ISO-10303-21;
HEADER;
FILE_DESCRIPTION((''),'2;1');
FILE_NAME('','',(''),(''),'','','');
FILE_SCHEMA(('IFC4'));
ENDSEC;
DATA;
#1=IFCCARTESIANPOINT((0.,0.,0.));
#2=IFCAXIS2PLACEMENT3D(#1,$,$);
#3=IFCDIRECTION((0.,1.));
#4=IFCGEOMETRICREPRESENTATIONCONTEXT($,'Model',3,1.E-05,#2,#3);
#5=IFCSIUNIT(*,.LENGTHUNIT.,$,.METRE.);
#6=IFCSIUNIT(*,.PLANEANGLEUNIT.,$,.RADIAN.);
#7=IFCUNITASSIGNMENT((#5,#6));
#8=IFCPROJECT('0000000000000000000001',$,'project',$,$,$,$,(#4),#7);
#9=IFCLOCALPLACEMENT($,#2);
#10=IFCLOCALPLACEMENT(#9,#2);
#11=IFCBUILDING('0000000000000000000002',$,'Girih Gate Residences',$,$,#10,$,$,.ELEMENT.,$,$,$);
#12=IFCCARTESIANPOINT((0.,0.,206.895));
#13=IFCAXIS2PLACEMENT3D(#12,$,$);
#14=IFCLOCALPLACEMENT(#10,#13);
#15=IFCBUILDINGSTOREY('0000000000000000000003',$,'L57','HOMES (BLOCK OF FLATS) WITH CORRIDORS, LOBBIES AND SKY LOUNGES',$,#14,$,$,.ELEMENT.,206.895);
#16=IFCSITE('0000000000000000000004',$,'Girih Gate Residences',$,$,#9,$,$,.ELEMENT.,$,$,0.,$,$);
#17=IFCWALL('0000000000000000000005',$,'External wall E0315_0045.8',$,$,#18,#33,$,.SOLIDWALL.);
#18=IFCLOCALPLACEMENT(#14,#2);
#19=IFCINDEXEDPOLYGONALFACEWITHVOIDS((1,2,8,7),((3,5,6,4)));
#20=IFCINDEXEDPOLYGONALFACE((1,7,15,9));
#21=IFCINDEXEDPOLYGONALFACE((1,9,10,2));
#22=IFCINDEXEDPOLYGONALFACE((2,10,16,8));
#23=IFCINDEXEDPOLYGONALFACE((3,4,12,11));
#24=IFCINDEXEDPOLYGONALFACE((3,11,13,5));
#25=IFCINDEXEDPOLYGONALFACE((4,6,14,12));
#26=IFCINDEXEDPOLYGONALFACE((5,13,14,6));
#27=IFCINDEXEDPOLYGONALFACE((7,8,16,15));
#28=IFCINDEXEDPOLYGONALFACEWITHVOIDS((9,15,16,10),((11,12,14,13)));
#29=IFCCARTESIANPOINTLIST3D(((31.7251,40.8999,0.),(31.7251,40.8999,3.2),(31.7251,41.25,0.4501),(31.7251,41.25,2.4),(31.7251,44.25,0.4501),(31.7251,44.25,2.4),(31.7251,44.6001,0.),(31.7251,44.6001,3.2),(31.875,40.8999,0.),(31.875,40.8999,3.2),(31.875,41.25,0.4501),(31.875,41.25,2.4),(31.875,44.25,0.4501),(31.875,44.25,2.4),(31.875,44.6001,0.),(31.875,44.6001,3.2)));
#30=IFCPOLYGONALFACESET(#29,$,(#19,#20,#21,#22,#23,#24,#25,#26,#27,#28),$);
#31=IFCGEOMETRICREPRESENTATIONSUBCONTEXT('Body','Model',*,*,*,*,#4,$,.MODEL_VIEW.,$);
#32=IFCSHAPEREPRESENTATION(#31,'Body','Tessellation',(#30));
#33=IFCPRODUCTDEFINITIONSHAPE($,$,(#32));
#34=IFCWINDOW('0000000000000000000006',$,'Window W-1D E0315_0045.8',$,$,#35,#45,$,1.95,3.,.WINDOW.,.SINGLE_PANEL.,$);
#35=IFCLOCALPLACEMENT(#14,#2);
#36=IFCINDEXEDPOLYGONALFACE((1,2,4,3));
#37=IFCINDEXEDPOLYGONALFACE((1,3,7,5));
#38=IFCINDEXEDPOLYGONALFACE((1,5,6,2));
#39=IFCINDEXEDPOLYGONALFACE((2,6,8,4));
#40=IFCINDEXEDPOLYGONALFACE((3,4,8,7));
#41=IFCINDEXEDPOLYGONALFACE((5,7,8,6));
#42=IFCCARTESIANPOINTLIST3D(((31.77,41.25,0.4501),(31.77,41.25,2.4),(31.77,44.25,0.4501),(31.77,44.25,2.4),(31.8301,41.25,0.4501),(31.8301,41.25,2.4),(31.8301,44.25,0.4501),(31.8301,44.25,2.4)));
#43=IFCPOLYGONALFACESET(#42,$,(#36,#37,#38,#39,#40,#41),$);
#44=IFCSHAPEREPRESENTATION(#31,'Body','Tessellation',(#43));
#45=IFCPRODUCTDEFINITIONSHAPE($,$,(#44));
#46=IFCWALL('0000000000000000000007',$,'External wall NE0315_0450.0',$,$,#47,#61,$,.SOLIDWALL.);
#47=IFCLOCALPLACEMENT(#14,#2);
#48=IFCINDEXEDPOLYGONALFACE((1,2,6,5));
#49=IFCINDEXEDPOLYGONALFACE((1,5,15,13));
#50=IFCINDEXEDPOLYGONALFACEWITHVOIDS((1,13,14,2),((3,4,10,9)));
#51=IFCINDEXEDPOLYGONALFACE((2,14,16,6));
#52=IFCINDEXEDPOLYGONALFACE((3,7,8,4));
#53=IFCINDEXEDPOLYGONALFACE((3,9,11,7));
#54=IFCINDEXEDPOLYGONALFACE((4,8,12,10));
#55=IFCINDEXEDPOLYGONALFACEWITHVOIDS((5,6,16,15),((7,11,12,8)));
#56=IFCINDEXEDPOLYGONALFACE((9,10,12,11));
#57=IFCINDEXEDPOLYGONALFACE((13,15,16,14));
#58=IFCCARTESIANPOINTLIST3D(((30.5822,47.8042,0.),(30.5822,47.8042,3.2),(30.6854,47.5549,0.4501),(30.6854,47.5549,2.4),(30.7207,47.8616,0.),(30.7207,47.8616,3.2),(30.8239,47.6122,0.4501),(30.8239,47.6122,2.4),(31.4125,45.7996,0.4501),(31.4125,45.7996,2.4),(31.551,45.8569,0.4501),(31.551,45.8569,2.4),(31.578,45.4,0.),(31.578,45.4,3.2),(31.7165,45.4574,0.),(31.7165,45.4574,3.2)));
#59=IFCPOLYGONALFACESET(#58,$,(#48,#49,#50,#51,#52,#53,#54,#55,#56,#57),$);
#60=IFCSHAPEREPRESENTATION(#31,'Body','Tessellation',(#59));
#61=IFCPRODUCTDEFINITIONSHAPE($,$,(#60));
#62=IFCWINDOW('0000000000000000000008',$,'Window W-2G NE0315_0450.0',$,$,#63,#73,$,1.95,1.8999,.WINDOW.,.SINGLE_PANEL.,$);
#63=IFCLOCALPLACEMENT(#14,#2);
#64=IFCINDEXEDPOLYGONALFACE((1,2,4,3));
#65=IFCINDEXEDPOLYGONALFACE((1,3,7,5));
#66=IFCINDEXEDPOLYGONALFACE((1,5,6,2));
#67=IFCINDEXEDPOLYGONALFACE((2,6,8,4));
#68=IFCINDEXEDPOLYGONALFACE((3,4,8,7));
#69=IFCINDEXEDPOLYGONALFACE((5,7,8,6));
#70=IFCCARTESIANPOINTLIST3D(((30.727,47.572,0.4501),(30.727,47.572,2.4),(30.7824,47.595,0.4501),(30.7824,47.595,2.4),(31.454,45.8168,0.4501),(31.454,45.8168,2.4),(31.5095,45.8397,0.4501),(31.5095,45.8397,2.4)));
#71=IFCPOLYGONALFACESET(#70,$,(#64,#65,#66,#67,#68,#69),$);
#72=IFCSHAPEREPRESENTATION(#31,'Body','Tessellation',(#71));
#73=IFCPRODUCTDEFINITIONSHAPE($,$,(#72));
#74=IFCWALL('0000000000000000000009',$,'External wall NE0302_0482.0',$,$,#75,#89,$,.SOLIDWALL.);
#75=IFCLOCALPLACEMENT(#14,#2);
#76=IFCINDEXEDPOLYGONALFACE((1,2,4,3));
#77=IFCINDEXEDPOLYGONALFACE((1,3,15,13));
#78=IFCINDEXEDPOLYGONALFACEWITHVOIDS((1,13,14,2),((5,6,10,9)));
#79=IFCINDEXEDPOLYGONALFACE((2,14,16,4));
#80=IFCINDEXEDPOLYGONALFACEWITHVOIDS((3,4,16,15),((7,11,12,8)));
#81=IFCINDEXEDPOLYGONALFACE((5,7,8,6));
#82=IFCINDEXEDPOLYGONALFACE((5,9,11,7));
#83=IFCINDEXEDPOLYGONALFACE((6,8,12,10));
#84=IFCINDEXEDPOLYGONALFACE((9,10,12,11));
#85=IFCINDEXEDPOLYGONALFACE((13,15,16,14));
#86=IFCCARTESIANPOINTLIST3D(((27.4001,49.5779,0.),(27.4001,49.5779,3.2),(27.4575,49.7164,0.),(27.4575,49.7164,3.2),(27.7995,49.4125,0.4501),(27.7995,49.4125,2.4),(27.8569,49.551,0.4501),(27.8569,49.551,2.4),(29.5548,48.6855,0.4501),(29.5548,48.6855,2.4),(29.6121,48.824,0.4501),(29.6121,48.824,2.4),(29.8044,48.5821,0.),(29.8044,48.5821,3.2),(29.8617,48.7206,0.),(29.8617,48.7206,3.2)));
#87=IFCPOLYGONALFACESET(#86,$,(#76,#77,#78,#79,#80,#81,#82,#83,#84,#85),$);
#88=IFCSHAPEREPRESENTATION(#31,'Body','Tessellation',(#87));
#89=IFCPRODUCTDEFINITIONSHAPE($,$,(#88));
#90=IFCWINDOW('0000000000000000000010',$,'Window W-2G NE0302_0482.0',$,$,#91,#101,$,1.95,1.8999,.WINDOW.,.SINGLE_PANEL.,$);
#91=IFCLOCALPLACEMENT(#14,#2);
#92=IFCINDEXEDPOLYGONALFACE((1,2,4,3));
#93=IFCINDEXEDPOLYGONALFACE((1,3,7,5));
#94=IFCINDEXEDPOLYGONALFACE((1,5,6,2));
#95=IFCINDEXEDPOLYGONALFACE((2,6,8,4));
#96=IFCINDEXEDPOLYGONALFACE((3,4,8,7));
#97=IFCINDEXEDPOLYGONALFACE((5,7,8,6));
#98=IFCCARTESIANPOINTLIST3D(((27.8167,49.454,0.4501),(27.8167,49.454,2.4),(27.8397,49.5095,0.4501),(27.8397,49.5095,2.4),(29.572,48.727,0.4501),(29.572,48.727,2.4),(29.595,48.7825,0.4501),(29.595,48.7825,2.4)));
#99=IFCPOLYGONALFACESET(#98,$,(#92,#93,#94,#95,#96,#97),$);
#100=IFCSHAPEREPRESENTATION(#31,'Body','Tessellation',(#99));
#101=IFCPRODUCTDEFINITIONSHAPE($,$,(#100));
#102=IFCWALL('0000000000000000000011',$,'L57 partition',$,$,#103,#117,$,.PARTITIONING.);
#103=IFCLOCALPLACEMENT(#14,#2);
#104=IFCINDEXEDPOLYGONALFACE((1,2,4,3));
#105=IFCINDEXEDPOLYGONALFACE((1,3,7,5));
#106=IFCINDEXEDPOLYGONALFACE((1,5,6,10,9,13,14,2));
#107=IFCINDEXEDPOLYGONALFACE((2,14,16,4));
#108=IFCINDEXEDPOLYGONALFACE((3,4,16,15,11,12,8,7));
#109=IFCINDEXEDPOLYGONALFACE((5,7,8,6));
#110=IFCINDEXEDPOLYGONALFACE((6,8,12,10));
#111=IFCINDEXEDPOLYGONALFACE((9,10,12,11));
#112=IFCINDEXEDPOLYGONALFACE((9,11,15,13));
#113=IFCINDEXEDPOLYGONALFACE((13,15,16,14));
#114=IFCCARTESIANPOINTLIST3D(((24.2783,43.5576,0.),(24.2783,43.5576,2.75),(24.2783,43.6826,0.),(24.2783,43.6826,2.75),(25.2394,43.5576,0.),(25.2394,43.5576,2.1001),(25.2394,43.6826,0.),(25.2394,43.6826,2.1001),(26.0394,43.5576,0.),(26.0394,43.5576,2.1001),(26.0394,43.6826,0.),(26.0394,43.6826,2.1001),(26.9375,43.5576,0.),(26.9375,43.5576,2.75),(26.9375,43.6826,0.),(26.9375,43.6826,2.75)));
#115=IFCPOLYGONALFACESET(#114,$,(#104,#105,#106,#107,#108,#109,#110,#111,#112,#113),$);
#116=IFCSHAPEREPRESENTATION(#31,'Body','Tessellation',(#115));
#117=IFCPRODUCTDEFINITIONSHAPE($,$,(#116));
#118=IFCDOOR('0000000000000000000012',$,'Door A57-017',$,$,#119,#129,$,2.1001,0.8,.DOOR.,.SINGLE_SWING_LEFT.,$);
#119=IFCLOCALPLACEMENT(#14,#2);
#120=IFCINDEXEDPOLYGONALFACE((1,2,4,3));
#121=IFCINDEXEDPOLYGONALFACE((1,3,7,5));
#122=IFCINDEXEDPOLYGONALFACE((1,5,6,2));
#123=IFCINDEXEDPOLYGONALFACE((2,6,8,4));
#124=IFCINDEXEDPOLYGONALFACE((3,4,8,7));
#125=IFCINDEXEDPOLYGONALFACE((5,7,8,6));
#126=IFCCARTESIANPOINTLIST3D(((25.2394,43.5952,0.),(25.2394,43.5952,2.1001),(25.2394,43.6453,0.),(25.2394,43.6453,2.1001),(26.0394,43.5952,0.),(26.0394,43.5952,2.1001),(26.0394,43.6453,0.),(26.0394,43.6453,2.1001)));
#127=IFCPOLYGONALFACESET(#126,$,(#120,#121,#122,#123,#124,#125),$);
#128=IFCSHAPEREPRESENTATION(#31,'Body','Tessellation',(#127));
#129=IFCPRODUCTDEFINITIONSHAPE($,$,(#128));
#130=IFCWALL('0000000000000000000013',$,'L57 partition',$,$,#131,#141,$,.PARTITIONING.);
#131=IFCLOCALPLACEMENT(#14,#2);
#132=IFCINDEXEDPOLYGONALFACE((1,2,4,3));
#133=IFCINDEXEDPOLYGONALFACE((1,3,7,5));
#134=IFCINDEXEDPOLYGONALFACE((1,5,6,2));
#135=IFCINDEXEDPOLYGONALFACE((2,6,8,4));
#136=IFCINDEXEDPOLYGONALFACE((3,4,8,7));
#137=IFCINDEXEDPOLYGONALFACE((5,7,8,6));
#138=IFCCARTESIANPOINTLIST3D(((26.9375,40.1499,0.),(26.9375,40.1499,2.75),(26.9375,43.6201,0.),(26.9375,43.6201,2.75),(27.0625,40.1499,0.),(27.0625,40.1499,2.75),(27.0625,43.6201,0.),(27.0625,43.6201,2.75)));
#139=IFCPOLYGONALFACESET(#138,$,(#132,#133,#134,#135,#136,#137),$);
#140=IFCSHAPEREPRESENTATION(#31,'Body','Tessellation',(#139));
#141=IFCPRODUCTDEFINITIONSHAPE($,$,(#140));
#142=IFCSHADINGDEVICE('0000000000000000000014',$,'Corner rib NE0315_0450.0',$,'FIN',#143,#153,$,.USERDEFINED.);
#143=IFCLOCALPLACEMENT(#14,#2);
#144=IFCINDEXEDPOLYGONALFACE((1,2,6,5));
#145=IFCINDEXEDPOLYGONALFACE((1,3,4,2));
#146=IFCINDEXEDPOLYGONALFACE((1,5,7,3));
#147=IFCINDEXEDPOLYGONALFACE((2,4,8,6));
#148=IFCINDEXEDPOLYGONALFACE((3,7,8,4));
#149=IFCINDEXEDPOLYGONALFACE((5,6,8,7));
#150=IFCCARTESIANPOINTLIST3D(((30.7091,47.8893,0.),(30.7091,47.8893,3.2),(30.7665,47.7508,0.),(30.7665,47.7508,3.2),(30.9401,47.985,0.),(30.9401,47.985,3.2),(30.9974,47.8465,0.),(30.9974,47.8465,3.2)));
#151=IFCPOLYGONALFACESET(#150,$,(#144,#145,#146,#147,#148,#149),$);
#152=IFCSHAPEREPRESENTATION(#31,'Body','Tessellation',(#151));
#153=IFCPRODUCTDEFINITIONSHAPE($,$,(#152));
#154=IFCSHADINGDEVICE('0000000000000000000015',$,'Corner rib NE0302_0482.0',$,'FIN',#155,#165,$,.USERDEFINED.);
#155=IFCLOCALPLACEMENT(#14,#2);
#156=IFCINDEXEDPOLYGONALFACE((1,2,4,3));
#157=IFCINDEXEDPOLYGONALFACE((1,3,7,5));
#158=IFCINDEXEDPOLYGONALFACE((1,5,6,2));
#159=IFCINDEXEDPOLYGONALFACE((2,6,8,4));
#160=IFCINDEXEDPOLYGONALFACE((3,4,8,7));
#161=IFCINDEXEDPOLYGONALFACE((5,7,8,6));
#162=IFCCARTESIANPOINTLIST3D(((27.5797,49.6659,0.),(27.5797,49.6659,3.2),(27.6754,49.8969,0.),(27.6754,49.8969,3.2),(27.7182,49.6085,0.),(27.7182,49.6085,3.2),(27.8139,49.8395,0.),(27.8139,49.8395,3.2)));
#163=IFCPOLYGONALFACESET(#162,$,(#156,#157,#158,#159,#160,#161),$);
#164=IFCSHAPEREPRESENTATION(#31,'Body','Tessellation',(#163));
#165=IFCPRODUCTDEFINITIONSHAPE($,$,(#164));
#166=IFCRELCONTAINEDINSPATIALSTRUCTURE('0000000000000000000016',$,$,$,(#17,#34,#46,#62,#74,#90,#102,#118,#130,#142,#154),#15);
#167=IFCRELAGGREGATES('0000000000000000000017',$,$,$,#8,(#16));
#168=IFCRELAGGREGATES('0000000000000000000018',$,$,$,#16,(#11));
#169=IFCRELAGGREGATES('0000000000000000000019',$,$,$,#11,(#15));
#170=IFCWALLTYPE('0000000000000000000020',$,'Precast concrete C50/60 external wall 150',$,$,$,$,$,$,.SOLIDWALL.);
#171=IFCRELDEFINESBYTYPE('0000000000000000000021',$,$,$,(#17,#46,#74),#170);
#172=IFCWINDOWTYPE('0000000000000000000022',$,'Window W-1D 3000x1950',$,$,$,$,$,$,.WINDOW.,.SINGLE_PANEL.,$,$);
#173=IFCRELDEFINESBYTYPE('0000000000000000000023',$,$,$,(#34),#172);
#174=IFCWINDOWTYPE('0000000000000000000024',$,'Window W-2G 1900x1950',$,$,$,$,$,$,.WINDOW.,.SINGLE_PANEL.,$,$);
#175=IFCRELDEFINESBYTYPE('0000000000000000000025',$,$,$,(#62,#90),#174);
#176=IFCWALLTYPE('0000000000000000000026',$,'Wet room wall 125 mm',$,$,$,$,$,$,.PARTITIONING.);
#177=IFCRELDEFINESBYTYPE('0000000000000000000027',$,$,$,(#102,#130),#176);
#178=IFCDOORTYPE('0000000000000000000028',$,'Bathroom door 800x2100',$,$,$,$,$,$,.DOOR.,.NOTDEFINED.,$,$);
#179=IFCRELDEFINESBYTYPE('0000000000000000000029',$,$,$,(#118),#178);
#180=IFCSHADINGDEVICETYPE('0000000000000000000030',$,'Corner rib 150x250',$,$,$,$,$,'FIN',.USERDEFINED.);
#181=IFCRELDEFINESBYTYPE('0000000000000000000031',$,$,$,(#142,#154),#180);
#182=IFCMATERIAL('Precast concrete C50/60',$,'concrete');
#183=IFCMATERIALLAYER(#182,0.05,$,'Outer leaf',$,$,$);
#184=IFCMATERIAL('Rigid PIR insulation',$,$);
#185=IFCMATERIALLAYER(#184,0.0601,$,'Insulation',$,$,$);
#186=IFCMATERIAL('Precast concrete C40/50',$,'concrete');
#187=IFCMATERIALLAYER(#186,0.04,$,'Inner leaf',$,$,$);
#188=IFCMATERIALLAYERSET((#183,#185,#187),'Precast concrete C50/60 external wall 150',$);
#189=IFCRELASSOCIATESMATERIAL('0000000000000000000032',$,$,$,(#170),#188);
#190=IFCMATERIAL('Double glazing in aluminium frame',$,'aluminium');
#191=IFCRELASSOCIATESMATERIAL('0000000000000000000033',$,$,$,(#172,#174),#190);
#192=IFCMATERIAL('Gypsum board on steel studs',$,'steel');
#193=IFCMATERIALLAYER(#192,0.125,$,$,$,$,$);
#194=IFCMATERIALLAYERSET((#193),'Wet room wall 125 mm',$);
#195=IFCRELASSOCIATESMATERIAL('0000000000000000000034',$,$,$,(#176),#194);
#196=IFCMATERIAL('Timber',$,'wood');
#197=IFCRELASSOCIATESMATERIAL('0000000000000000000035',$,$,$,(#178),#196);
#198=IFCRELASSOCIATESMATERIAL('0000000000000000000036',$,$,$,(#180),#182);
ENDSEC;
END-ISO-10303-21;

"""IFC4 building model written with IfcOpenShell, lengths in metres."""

from ifc_helpers import new_model, si_unit, direction, frame, frame_2d, origin, origin_2d, place, context, subcontext, project, spatial, rectangle, extrude, material, layer, layer_set, type_object, element, fill, save


model = new_model("IFC4")

# Units and contexts
model_context = context("Model", 3, precision=1e-05, world=origin(), true_north=direction((0.0, 1.0)))
body_context = subcontext(model_context, "Body", "Model", "MODEL_VIEW")
ifc_project = project(units=[si_unit("LENGTHUNIT", "METRE"), si_unit("PLANEANGLEUNIT", "RADIAN")], contexts=[model_context])

# Site, building, storey
site_placement = place(None, origin())
site = spatial("IfcSite", under=ifc_project, at=site_placement, Name="Girih Gate Residences", CompositionType="ELEMENT", RefElevation=0.0)
building_placement = place(site_placement, origin())
building = spatial("IfcBuilding", under=site, at=building_placement, Name="Girih Gate Residences", CompositionType="ELEMENT")
storey_placement = place(building_placement, frame((0.0, 0.0, 206.895)))
storey = spatial("IfcBuildingStorey", under=building, at=storey_placement, Name="L57", Description="HOMES (BLOCK OF FLATS) WITH CORRIDORS, LOBBIES AND SKY LOUNGES", CompositionType="ELEMENT", Elevation=206.895)

# Shared definitions
ifc_material_1 = material(Name="Gypsum board on steel studs", Category="steel")

# Shared definitions
ifc_material_2 = material(Name="Timber", Category="wood")

# Walls, openings, windows
ifc_material_3 = material(Name="Precast concrete C50/60", Category="concrete")
ifc_layer_1 = layer(ifc_material_3, 0.05, Name="Outer leaf")
ifc_material_4 = material(Name="Rigid PIR insulation")
ifc_layer_2 = layer(ifc_material_4, 0.0601, Name="Insulation")
ifc_material_5 = material(Name="Precast concrete C40/50", Category="concrete")
ifc_layer_3 = layer(ifc_material_5, 0.04, Name="Inner leaf")
ifc_layer_set_1 = layer_set([ifc_layer_1, ifc_layer_2, ifc_layer_3], Name="Precast concrete C50/60 external wall 150")
wall_type_1 = type_object("IfcWallType", Name="Precast concrete C50/60 external wall 150", PredefinedType="SOLIDWALL", material=ifc_layer_set_1)
wall_1_placement = place(storey_placement, frame((31.8, 44.6001, 0.0), z_axis=(0.0, 0.0, 1.0), x_axis=(0.0, -1.0, 0.0)))
wall_1 = element("IfcWall", 1, at=wall_1_placement, inside=storey, type_object=wall_type_1, Name="External wall E0315_0045.8", PredefinedType="SOLIDWALL", context=body_context, shape_type="SweptSolid", body=[
    extrude(rectangle(XDim=3.7002, YDim=0.1499, at=frame_2d((1.8501, 0.0))), origin(), (0.0, 0.0, 1.0), 3.2),
])
opening_1_placement = place(wall_1_placement, frame((0.3501, 0.0, 0.45)))
opening_1 = element("IfcOpeningElement", 2, at=opening_1_placement, cuts=wall_1, PredefinedType="OPENING", context=body_context, shape_type="SweptSolid", body=[
    extrude(rectangle(XDim=3.0, YDim=1.95, at=frame_2d((1.5, 0.9751))), frame((0.0, 0.085, 0.0), z_axis=(0.0, -1.0, 0.0), x_axis=(1.0, 0.0, 0.0)), (0.0, 0.0, 1.0), 0.1699),
])
ifc_material_6 = material(Name="Double glazing in aluminium frame", Category="aluminium")
window_type_1 = type_object("IfcWindowType", Name="Window W-1D 3000x1950", PartitioningType="SINGLE_PANEL", PredefinedType="WINDOW", material=ifc_material_6)
window_1_placement = place(opening_1_placement, origin())
window_1 = element("IfcWindow", 3, at=window_1_placement, inside=storey, type_object=window_type_1, Name="Window W-1D E0315_0045.8", OverallHeight=1.95, OverallWidth=3.0, PartitioningType="SINGLE_PANEL", PredefinedType="WINDOW", context=body_context, shape_type="SweptSolid", body=[
    extrude(rectangle(XDim=3.0, YDim=1.95, at=frame_2d((1.5, 0.9751))), frame((0.0, 0.03, 0.0), z_axis=(0.0, -1.0, 0.0), x_axis=(1.0, 0.0, 0.0)), (0.0, 0.0, 1.0), 0.0601),
])
fill(opening_1, window_1)
wall_2_placement = place(storey_placement, frame((30.6514, 47.833, 0.0), z_axis=(0.0, 0.0, 1.0), x_axis=(0.382669, -0.923885, 0.0)))
wall_2 = element("IfcWall", 4, at=wall_2_placement, inside=storey, type_object=wall_type_1, Name="External wall NE0315_0450.0", PredefinedType="SOLIDWALL", context=body_context, shape_type="SweptSolid", body=[
    extrude(rectangle(XDim=2.6023, YDim=0.1499, at=frame_2d((1.3013, 0.0))), origin(), (0.0, 0.0, 1.0), 3.2),
])
opening_2_placement = place(wall_2_placement, frame((0.27, 0.0, 0.45)))
opening_2 = element("IfcOpeningElement", 5, at=opening_2_placement, cuts=wall_2, PredefinedType="OPENING", context=body_context, shape_type="SweptSolid", body=[
    extrude(rectangle(XDim=1.8999, YDim=1.95, at=frame_2d((0.95, 0.9751))), frame((0.0, 0.085, 0.0), z_axis=(0.0, -1.0, 0.0), x_axis=(1.0, 0.0, 0.0)), (0.0, 0.0, 1.0), 0.1699),
])
window_type_2 = type_object("IfcWindowType", Name="Window W-2G 1900x1950", PartitioningType="SINGLE_PANEL", PredefinedType="WINDOW", material=ifc_material_6)
window_2_placement = place(opening_2_placement, origin())
window_2 = element("IfcWindow", 6, at=window_2_placement, inside=storey, type_object=window_type_2, Name="Window W-2G NE0315_0450.0", OverallHeight=1.95, OverallWidth=1.8999, PartitioningType="SINGLE_PANEL", PredefinedType="WINDOW", context=body_context, shape_type="SweptSolid", body=[
    extrude(rectangle(XDim=1.8999, YDim=1.95, at=frame_2d((0.95, 0.9751))), frame((0.0, 0.03, 0.0), z_axis=(0.0, -1.0, 0.0), x_axis=(1.0, 0.0, 0.0)), (0.0, 0.0, 1.0), 0.0601),
])
fill(opening_2, window_2)
wall_3_placement = place(storey_placement, frame((27.4287, 49.6472, 0.0), z_axis=(0.0, 0.0, 1.0), x_axis=(0.923885, -0.382669, 0.0)))
wall_3 = element("IfcWall", 7, at=wall_3_placement, inside=storey, type_object=wall_type_1, Name="External wall NE0302_0482.0", PredefinedType="SOLIDWALL", context=body_context, shape_type="SweptSolid", body=[
    extrude(rectangle(XDim=2.6023, YDim=0.1499, at=frame_2d((1.3013, 0.0))), origin(), (0.0, 0.0, 1.0), 3.2),
])
opening_3_placement = place(wall_3_placement, frame((0.4324, 0.0, 0.45)))
opening_3 = element("IfcOpeningElement", 8, at=opening_3_placement, cuts=wall_3, PredefinedType="OPENING", context=body_context, shape_type="SweptSolid", body=[
    extrude(rectangle(XDim=1.8999, YDim=1.95, at=frame_2d((0.95, 0.9751))), frame((0.0, 0.085, 0.0), z_axis=(0.0, -1.0, 0.0), x_axis=(1.0, 0.0, 0.0)), (0.0, 0.0, 1.0), 0.1699),
])
window_3_placement = place(opening_3_placement, origin())
window_3 = element("IfcWindow", 9, at=window_3_placement, inside=storey, type_object=window_type_2, Name="Window W-2G NE0302_0482.0", OverallHeight=1.95, OverallWidth=1.8999, PartitioningType="SINGLE_PANEL", PredefinedType="WINDOW", context=body_context, shape_type="SweptSolid", body=[
    extrude(rectangle(XDim=1.8999, YDim=1.95, at=frame_2d((0.95, 0.9751))), frame((0.0, 0.03, 0.0), z_axis=(0.0, -1.0, 0.0), x_axis=(1.0, 0.0, 0.0)), (0.0, 0.0, 1.0), 0.0601),
])
fill(opening_3, window_3)

# Wall, opening, door
ifc_layer_4 = layer(ifc_material_1, 0.125)
ifc_layer_set_2 = layer_set([ifc_layer_4], Name="Wet room wall 125 mm")
wall_type_2 = type_object("IfcWallType", Name="Wet room wall 125 mm", PredefinedType="PARTITIONING", material=ifc_layer_set_2)
wall_4_placement = place(storey_placement, frame((26.9375, 43.6201, 0.0), z_axis=(0.0, 0.0, 1.0), x_axis=(-1.0, 0.0, 0.0)))
wall_4 = element("IfcWall", 10, at=wall_4_placement, inside=storey, type_object=wall_type_2, Name="L57 partition", PredefinedType="PARTITIONING", context=body_context, shape_type="SweptSolid", body=[
    extrude(rectangle(XDim=2.6592, YDim=0.125, at=frame_2d((1.3296, 0.0))), origin(), (0.0, 0.0, 1.0), 2.75),
])
opening_4_placement = place(wall_4_placement, frame((0.8982, 0.0, 0.0)))
opening_4 = element("IfcOpeningElement", 11, at=opening_4_placement, cuts=wall_4, PredefinedType="OPENING", context=body_context, shape_type="SweptSolid", body=[
    extrude(rectangle(XDim=0.8, YDim=2.1001, at=frame_2d((0.3999, 1.05))), frame((0.0, 0.0725, 0.0), z_axis=(0.0, -1.0, 0.0), x_axis=(1.0, 0.0, 0.0)), (0.0, 0.0, 1.0), 0.145),
])
door_type_1 = type_object("IfcDoorType", Name="Bathroom door 800x2100", OperationType="NOTDEFINED", PredefinedType="DOOR", material=ifc_material_2)
door_1_placement = place(opening_4_placement, origin())
door_1 = element("IfcDoor", 12, at=door_1_placement, inside=storey, type_object=door_type_1, Name="Door A57-017", OperationType="SINGLE_SWING_LEFT", OverallHeight=2.1001, OverallWidth=0.8, PredefinedType="DOOR", context=body_context, shape_type="SweptSolid", body=[
    extrude(rectangle(XDim=0.8, YDim=2.1001, at=frame_2d((0.3999, 1.05))), frame((0.0, 0.0249, 0.0), z_axis=(0.0, -1.0, 0.0), x_axis=(1.0, 0.0, 0.0)), (0.0, 0.0, 1.0), 0.05),
])
fill(opening_4, door_1)

# Wall
wall_5_placement = place(storey_placement, frame((27.0, 40.1499, 0.0), z_axis=(0.0, 0.0, 1.0), x_axis=(0.0, 1.0, 0.0)))
element("IfcWall", 13, at=wall_5_placement, inside=storey, type_object=wall_type_2, Name="L57 partition", PredefinedType="PARTITIONING", context=body_context, shape_type="SweptSolid", body=[
    extrude(rectangle(XDim=3.4702, YDim=0.125, at=frame_2d((1.7351, 0.0))), origin(), (0.0, 0.0, 1.0), 2.75),
])

# Shading devices
shading_device_type = type_object("IfcShadingDeviceType", Name="Corner rib 150x250", ElementType="FIN", PredefinedType="USERDEFINED", material=ifc_material_3)
for number, where, z_axis, x_axis, name in (
    (14, (30.8533, 47.8679, 0.0), (0.0, 0.0, 1.0), (-0.382683, 0.92388, 0.0), "Corner rib NE0315_0450.0"),
    (15, (27.6968, 49.7527, 0.0), (0.0, 0.0, 1.0), (-0.92388, 0.382683, 0.0), "Corner rib NE0302_0482.0"),
):
    element("IfcShadingDevice", number, at=place(storey_placement, frame(where, z_axis=z_axis, x_axis=x_axis)), inside=storey, type_object=shading_device_type, Name=name, ObjectType="FIN", PredefinedType="USERDEFINED", context=body_context, shape_type="SweptSolid", body=[
        extrude(rectangle(XDim=0.1499, YDim=0.25, at=origin_2d()), origin(), (0.0, 0.0, 1.0), 3.2),
    ])

save(model, "model.ifc")
